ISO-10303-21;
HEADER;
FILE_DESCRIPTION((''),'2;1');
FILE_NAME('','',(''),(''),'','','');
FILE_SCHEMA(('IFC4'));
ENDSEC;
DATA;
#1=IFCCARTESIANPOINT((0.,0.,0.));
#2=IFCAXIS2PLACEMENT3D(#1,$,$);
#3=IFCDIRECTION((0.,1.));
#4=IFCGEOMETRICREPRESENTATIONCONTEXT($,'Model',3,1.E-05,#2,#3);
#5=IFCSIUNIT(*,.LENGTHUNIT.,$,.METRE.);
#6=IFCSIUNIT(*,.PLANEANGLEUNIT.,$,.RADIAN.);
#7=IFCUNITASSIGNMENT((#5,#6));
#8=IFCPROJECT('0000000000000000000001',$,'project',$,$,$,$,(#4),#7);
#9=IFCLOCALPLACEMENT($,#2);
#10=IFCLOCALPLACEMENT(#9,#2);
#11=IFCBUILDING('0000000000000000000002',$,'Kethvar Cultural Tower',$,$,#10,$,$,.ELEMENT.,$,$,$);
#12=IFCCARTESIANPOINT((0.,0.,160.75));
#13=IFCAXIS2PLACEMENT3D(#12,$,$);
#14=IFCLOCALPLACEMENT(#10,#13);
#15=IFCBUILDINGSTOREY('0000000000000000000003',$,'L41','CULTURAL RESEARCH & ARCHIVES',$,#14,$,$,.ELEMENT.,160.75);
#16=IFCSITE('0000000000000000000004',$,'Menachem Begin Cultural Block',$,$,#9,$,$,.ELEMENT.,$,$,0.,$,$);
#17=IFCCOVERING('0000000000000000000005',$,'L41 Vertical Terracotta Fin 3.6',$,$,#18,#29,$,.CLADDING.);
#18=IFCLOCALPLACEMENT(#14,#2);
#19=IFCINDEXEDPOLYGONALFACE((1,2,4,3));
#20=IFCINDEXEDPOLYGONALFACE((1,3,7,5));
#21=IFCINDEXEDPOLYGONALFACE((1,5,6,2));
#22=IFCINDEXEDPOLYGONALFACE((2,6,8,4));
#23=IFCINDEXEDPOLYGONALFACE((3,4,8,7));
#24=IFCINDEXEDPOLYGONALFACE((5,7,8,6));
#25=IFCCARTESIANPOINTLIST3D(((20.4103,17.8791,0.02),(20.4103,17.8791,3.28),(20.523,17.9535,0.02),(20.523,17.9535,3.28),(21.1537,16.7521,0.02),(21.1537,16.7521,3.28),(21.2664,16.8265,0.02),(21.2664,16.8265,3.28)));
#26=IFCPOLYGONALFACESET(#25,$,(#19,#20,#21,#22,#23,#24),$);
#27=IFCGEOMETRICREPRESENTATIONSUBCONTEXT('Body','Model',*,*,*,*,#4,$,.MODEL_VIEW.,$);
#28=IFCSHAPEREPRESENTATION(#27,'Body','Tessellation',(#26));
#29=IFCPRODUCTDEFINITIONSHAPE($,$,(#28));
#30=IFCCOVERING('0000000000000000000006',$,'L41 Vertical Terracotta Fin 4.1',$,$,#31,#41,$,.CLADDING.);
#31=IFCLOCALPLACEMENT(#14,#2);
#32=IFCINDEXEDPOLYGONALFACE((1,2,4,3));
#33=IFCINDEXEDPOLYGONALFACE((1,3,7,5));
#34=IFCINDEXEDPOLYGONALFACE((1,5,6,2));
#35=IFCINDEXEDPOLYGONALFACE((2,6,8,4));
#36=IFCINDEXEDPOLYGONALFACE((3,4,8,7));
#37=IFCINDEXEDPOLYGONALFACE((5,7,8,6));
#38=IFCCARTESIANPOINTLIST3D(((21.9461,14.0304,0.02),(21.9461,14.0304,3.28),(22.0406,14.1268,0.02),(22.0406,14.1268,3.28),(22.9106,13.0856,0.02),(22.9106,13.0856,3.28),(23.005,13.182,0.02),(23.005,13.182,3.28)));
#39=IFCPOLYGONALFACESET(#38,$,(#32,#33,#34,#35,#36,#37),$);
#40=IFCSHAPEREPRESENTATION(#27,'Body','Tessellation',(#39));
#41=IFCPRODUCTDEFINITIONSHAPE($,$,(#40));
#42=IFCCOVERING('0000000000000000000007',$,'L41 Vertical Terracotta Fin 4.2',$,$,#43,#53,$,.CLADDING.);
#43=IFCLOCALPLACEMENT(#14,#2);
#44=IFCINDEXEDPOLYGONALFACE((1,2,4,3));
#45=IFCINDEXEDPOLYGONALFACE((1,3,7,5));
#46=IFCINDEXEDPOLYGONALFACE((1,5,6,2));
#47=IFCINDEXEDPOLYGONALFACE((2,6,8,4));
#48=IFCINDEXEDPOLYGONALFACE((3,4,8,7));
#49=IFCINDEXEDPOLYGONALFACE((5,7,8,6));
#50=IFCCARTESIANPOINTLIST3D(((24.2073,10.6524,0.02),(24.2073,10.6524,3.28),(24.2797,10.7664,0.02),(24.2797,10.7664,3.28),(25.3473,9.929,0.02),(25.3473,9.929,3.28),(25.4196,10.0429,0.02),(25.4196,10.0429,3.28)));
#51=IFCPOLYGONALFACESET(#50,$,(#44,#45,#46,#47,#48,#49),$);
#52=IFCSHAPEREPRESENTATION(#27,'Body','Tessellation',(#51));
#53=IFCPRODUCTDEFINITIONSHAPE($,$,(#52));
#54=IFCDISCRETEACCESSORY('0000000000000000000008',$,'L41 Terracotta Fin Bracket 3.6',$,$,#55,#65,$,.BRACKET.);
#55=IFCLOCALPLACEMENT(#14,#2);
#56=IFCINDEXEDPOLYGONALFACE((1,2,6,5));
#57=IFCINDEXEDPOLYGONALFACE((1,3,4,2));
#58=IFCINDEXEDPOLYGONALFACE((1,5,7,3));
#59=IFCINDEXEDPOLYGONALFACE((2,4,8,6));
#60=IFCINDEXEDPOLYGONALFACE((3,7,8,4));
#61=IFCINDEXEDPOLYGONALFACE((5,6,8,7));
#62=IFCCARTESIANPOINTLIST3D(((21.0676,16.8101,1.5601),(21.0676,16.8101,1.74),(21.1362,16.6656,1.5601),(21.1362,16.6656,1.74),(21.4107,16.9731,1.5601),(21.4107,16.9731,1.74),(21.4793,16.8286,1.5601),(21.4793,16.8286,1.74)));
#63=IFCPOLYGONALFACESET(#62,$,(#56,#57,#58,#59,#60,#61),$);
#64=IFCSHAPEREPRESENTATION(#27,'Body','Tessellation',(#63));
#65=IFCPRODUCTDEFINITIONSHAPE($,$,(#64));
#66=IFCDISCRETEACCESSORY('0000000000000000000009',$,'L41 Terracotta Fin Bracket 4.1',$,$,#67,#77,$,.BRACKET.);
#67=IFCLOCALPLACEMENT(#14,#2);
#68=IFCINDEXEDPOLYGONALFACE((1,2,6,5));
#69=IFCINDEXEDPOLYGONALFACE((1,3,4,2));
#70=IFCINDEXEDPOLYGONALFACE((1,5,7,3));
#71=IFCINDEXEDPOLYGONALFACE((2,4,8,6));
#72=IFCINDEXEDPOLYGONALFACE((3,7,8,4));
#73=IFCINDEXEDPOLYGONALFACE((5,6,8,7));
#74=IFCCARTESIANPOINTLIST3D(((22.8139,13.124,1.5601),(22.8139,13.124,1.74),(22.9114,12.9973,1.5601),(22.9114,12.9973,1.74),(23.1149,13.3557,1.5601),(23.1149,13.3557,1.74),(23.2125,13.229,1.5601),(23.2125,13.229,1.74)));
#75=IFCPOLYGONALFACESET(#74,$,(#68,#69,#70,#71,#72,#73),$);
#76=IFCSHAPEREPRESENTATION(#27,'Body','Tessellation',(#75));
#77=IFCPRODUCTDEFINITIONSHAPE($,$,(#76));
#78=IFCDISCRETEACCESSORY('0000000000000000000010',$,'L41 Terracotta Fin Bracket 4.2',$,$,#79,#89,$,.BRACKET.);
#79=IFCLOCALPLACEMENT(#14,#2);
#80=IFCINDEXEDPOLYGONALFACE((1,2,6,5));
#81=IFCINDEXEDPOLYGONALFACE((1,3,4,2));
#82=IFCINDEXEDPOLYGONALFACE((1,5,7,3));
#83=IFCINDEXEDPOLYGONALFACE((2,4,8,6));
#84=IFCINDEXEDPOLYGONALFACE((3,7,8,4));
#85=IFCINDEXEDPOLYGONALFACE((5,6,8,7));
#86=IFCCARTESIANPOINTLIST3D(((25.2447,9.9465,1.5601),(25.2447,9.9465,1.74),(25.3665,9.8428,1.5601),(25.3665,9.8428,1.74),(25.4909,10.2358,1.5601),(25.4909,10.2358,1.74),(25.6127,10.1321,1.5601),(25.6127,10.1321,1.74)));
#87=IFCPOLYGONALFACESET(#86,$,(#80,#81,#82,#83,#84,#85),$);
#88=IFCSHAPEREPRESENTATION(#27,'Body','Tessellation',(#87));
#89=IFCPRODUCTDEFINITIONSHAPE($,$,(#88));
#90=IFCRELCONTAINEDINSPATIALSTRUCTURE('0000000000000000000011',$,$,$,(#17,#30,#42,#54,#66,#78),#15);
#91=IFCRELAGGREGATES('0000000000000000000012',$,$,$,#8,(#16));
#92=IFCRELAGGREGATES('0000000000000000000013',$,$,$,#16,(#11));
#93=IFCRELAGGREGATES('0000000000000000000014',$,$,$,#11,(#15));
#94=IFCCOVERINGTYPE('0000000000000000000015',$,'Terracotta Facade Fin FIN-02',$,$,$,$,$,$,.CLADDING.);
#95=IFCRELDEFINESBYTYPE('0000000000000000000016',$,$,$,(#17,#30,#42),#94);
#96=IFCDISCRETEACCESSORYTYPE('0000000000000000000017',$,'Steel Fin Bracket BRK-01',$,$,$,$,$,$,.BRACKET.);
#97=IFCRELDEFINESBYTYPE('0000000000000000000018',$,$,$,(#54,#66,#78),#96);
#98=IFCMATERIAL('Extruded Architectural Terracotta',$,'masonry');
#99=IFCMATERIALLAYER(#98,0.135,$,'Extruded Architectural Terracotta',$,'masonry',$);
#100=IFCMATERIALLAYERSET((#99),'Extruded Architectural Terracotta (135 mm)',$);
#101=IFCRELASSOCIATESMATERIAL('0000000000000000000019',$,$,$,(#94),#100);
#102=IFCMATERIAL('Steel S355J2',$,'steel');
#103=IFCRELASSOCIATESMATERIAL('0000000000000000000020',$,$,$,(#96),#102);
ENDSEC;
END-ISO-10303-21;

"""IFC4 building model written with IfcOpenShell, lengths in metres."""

from ifc_helpers import new_model, si_unit, direction, frame, origin, origin_2d, place, context, subcontext, project, spatial, rectangle, extrude, source, transform, mapped, material, layer, layer_set, type_object, element, save


model = new_model("IFC4")

# Units and contexts
model_context = context("Model", 3, precision=1e-05, world=origin(), true_north=direction((0.0, 1.0)))
body_context = subcontext(model_context, "Body", "Model", "MODEL_VIEW")
ifc_project = project(units=[si_unit("LENGTHUNIT", "METRE"), si_unit("PLANEANGLEUNIT", "RADIAN")], contexts=[model_context])

# Site, building, storey
site_placement = place(None, origin())
site = spatial("IfcSite", under=ifc_project, at=site_placement, Name="Menachem Begin Cultural Block", CompositionType="ELEMENT", RefElevation=0.0)
building_placement = place(site_placement, origin())
building = spatial("IfcBuilding", under=site, at=building_placement, Name="Kethvar Cultural Tower", CompositionType="ELEMENT")
storey_placement = place(building_placement, frame((0.0, 0.0, 160.75)))
storey = spatial("IfcBuildingStorey", under=building, at=storey_placement, Name="L41", Description="CULTURAL RESEARCH & ARCHIVES", CompositionType="ELEMENT", Elevation=160.75)

# Shared definitions
ifc_material_1 = material(Name="Steel S355J2", Category="steel")

# Coverings
ifc_material_2 = material(Name="Extruded Architectural Terracotta", Category="masonry")
ifc_layer_1 = layer(ifc_material_2, 0.135, Name="Extruded Architectural Terracotta", Category="masonry")
ifc_layer_set_1 = layer_set([ifc_layer_1], Name="Extruded Architectural Terracotta (135 mm)")
covering_type = type_object("IfcCoveringType", Name="Terracotta Facade Fin FIN-02", PredefinedType="CLADDING", material=ifc_layer_set_1)
shared_shape_1 = source(origin(), body_context, "Body", "SweptSolid", [
    extrude(rectangle(XDim=1.3501, YDim=0.135, at=origin_2d()), origin(), (0.0, 0.0, 1.0), 3.26),
])
for number, where, z_axis, x_axis, name in (
    (1, (20.8384, 17.3528, 0.02), (0.0, 0.0, 1.0), (-0.550626, 0.834752, 0.0), "L41 Vertical Terracotta Fin 3.6"),
    (2, (22.4756, 13.6062, 0.02), (0.0, 0.0, 1.0), (-0.714351, 0.699788, 0.0), "L41 Vertical Terracotta Fin 4.1"),
    (3, (24.8135, 10.3477, 0.02), (0.0, 0.0, 1.0), (-0.844328, 0.535827, 0.0), "L41 Vertical Terracotta Fin 4.2"),
):
    element("IfcCovering", number, at=place(storey_placement, frame(where, z_axis=z_axis, x_axis=x_axis)), inside=storey, type_object=covering_type, Name=name, PredefinedType="CLADDING", context=body_context, shape_type="MappedRepresentation", body=[
        mapped(shared_shape_1, transform((0.0, 0.0, 0.0), scale=1.0)),
    ])

# Discrete accessories
discrete_accessory_type = type_object("IfcDiscreteAccessoryType", Name="Steel Fin Bracket BRK-01", PredefinedType="BRACKET", material=ifc_material_1)
shared_shape_2 = source(origin(), body_context, "Body", "SweptSolid", [
    extrude(rectangle(XDim=0.3799, YDim=0.1599, at=origin_2d()), origin(), (0.0, 0.0, 1.0), 0.1799),
])
for number, where, z_axis, x_axis, name in (
    (4, (21.2734, 16.8193, 1.5601), (0.0, 0.0, 1.0), (-0.90326, -0.429093, 0.0), "L41 Terracotta Fin Bracket 3.6"),
    (5, (23.0132, 13.1765, 1.5601), (0.0, 0.0, 1.0), (-0.792396, -0.610007, 0.0), "L41 Terracotta Fin Bracket 4.1"),
    (6, (25.4287, 10.0393, 1.5601), (0.0, 0.0, 1.0), (-0.64812, -0.761538, 0.0), "L41 Terracotta Fin Bracket 4.2"),
):
    element("IfcDiscreteAccessory", number, at=place(storey_placement, frame(where, z_axis=z_axis, x_axis=x_axis)), inside=storey, type_object=discrete_accessory_type, Name=name, PredefinedType="BRACKET", context=body_context, shape_type="MappedRepresentation", body=[
        mapped(shared_shape_2, transform((0.0, 0.0, 0.0), scale=1.0)),
    ])

save(model, "model.ifc")
